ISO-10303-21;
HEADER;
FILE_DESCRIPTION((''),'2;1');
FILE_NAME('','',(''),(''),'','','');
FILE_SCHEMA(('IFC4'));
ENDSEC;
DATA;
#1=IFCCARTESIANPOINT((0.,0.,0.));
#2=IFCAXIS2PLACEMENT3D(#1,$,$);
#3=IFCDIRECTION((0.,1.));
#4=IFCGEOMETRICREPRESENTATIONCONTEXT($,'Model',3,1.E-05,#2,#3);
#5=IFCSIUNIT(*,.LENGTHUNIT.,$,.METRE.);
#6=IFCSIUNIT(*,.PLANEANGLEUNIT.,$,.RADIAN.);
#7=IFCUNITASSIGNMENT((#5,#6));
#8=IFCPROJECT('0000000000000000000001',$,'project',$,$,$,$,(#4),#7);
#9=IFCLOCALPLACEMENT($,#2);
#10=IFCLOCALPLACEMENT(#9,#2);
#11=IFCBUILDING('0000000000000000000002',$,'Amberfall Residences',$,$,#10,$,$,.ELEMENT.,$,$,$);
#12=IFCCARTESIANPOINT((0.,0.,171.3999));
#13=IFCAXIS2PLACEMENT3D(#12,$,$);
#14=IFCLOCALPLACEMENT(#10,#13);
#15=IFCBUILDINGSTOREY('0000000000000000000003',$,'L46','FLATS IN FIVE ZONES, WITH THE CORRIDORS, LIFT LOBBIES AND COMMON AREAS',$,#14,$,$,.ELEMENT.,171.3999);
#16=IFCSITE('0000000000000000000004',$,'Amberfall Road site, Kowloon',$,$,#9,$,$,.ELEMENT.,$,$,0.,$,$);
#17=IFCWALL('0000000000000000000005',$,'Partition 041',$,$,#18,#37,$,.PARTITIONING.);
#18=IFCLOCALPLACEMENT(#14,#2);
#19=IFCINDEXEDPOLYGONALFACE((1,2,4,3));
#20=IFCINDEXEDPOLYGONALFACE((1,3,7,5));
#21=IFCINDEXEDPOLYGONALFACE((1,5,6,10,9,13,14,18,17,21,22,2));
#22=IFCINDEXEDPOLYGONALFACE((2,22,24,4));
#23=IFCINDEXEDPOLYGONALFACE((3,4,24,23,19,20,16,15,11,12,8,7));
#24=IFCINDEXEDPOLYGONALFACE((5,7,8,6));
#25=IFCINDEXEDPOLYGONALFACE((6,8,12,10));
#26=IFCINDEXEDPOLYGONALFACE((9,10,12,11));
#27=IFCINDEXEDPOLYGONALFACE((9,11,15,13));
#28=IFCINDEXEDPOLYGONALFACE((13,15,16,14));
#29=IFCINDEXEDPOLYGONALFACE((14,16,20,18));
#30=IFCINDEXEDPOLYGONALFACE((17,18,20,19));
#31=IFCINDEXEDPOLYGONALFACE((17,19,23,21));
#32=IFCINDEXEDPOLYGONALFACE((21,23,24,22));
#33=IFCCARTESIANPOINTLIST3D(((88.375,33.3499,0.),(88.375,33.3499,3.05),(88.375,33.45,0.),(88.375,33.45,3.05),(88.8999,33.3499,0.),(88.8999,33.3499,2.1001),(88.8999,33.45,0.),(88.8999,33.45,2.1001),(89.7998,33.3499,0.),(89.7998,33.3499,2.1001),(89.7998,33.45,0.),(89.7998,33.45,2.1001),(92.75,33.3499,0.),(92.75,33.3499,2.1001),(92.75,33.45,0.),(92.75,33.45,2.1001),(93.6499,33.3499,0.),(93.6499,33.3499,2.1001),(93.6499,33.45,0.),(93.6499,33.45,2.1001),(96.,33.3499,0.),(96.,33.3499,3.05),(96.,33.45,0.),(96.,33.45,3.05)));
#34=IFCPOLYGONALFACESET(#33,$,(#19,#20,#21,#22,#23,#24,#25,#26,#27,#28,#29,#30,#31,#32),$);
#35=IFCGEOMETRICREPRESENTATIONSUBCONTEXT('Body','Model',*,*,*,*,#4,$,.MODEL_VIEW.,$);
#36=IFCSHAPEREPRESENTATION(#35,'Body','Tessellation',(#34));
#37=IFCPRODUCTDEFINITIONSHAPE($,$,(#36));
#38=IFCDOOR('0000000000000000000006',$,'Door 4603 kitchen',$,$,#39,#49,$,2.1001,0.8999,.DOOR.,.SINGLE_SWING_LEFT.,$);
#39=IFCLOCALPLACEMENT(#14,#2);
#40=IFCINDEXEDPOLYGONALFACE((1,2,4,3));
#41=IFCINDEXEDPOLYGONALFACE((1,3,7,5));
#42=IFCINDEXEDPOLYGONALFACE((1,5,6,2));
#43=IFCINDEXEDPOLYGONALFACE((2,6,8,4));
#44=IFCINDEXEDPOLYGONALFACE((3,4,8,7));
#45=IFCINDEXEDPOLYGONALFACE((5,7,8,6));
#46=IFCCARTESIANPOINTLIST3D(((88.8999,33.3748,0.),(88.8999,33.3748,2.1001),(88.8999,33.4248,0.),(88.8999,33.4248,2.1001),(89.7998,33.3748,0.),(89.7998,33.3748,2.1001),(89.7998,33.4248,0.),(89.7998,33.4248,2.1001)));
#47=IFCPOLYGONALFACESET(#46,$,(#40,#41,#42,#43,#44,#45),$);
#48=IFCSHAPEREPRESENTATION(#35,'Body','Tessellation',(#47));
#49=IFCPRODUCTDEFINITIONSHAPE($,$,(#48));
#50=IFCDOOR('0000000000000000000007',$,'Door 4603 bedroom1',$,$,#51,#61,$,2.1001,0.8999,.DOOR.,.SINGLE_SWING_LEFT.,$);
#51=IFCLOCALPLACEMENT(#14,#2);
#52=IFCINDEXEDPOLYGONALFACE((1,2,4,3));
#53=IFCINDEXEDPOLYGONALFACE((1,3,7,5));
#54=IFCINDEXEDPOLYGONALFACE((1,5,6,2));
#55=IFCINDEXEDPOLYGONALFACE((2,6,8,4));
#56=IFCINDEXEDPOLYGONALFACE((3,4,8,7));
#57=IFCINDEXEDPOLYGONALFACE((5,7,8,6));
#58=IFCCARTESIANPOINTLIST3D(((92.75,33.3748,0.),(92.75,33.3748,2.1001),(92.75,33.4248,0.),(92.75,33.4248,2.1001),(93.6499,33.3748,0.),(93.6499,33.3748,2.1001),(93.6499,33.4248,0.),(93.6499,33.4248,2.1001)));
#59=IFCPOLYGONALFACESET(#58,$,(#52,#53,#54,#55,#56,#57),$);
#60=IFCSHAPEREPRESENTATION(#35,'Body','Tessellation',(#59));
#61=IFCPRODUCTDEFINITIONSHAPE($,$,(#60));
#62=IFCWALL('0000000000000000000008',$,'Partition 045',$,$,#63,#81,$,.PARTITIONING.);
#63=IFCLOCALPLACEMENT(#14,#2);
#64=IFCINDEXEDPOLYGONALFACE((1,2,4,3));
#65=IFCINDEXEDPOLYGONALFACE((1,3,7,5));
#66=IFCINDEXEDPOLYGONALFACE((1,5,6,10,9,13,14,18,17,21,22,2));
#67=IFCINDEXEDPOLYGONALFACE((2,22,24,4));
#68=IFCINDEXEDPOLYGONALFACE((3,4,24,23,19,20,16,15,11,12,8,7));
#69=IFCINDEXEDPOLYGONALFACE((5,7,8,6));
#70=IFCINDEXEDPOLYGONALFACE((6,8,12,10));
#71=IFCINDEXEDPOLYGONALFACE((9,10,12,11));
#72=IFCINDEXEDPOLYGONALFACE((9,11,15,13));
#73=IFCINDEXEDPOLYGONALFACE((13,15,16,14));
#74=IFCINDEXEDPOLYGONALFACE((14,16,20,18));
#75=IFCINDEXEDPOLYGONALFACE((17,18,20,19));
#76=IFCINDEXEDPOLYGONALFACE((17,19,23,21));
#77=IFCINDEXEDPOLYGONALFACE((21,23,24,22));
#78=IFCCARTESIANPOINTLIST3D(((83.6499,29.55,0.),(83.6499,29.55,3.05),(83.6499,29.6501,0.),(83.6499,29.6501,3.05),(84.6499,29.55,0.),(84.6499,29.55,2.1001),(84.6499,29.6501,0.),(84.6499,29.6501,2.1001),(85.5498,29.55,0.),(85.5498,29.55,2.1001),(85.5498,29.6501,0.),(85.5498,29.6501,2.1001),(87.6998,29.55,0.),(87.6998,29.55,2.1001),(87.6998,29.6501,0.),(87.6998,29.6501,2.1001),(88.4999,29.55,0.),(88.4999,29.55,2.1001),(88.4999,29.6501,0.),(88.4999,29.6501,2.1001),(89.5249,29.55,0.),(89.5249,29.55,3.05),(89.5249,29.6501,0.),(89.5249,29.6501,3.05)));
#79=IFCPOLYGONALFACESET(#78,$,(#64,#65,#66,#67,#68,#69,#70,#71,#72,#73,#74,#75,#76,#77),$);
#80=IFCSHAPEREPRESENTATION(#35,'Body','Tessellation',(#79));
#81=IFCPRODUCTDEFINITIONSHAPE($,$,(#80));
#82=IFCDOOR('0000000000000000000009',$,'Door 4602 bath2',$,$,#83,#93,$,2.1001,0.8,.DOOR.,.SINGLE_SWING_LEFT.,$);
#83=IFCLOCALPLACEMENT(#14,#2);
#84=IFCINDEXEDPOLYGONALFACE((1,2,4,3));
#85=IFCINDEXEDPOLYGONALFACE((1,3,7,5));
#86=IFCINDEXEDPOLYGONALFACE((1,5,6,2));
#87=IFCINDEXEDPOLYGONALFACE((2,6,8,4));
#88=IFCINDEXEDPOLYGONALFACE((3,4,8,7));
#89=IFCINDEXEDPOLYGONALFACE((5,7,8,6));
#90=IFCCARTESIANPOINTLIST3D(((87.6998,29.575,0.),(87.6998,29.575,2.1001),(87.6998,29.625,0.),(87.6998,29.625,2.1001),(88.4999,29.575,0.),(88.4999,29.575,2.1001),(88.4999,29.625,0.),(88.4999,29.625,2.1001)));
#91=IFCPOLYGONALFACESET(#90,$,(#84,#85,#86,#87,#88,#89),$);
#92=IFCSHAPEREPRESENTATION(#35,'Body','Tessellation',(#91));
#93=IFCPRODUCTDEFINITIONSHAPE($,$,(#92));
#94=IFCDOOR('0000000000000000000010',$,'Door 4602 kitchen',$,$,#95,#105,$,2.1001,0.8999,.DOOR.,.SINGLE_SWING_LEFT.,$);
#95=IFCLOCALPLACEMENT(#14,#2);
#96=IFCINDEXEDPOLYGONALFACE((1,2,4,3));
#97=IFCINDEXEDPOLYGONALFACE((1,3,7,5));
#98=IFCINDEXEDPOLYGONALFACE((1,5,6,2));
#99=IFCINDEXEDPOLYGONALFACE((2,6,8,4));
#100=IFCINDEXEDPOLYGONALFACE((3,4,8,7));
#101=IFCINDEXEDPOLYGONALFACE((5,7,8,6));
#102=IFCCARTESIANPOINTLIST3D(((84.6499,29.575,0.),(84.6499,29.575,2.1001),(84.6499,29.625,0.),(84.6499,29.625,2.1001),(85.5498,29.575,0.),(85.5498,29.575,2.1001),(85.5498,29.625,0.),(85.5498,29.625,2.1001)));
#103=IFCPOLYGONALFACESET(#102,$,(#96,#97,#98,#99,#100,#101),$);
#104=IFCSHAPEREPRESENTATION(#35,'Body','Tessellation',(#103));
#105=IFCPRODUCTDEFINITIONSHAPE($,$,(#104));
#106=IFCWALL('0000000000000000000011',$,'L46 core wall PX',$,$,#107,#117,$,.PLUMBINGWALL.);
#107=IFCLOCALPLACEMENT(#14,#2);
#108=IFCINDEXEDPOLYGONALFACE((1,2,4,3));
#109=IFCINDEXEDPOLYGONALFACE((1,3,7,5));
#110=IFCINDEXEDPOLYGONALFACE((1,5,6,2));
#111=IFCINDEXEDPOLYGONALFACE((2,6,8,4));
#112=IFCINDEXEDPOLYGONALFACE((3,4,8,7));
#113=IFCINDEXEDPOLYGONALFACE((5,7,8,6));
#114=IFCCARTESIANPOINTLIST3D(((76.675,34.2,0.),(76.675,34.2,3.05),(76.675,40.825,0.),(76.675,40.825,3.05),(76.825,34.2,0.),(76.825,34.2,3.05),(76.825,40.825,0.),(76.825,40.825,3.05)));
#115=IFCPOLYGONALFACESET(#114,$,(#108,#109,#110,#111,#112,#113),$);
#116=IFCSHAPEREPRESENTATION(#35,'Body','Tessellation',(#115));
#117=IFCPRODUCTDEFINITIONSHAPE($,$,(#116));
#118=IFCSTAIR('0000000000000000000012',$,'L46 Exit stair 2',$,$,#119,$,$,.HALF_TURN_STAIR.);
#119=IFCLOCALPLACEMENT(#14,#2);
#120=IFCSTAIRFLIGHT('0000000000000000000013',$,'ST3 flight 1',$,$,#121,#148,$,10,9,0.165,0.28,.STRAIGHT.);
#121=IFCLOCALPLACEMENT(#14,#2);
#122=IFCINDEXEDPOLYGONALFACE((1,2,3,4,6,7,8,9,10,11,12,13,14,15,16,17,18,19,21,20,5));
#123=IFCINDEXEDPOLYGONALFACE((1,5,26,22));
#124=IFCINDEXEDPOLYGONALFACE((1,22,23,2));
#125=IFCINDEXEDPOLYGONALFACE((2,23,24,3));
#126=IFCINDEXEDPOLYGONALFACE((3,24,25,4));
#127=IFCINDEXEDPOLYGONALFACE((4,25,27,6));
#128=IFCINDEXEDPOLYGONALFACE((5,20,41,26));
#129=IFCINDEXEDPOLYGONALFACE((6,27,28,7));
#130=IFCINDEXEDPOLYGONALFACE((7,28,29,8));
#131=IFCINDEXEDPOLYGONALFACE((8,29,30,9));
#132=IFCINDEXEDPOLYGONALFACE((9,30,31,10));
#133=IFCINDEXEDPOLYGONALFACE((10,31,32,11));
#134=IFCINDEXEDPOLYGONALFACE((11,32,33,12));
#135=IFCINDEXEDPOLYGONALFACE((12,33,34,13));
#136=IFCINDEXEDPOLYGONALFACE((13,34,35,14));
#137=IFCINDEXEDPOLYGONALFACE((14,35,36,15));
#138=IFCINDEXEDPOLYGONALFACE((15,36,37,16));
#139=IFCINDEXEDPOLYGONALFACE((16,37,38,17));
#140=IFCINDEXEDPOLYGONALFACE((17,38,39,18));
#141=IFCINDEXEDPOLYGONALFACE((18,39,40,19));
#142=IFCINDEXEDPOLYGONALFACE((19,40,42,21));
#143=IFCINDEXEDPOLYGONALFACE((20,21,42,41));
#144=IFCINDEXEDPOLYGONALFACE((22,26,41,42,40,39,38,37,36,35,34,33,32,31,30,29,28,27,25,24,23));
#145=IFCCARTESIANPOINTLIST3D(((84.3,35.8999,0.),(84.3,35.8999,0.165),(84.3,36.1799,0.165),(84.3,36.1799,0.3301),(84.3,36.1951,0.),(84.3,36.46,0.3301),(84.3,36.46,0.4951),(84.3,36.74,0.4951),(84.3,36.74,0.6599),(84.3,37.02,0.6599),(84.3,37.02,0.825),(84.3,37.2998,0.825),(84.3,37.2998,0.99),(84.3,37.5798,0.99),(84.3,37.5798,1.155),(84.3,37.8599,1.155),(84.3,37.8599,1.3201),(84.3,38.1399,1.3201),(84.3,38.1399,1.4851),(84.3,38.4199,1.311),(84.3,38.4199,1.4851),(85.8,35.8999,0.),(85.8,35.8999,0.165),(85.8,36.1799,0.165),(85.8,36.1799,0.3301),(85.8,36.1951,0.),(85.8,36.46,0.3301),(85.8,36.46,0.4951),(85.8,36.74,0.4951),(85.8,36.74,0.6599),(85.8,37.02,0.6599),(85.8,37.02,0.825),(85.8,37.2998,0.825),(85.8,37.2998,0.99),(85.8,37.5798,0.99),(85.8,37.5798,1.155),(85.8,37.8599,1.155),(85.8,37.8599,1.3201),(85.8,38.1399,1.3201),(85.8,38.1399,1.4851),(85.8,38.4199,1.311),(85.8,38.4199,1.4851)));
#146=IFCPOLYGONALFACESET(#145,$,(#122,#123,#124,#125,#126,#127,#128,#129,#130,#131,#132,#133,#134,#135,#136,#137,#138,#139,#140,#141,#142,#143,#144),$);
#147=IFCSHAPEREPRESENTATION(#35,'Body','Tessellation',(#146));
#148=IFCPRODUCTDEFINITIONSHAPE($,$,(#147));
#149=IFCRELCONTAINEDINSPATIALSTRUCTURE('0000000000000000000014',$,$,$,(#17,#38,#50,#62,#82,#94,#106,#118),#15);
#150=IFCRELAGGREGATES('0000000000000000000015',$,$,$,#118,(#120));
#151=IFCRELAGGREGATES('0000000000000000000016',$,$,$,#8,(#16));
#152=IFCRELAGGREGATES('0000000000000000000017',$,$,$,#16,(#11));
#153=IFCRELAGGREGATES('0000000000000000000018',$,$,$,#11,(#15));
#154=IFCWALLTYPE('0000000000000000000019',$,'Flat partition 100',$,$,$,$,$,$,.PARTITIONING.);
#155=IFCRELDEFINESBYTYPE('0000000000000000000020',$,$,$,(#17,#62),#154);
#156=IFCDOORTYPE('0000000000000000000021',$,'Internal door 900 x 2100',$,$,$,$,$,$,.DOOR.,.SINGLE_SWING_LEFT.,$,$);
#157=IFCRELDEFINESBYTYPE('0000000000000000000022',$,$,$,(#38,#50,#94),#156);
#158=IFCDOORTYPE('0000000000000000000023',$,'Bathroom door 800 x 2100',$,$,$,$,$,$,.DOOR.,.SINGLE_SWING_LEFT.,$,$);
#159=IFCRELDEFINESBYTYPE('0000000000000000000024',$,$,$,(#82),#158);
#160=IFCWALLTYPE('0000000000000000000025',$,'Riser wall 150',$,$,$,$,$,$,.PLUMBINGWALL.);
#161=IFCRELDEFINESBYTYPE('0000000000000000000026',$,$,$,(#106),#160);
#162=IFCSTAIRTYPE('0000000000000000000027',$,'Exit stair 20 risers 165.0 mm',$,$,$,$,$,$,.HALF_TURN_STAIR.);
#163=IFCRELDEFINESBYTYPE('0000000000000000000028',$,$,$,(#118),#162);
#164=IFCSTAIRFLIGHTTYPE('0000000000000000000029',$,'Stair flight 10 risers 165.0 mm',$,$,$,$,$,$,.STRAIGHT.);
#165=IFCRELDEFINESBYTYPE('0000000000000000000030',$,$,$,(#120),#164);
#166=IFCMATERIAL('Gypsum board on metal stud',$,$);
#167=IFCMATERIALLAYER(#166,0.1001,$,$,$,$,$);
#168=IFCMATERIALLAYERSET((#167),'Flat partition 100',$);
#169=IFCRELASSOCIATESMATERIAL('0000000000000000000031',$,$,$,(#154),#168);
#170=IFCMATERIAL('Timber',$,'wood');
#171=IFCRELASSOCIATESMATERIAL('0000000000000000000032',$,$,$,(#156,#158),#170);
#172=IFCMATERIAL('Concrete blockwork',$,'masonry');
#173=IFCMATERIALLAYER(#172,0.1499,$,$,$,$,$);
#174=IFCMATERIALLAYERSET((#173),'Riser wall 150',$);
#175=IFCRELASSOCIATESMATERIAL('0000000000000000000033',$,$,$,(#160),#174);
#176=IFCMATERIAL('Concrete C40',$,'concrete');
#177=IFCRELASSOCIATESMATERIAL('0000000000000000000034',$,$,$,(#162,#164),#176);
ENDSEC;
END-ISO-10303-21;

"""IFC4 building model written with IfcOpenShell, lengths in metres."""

from ifc_helpers import new_model, si_unit, direction, frame, frame_2d, origin, place, context, subcontext, project, spatial, polyline, rectangle, outline, extrude, material, layer, layer_set, type_object, element, fill, aggregate, save


model = new_model("IFC4")

# Units and contexts
model_context = context("Model", 3, precision=1e-05, world=origin(), true_north=direction((0.0, 1.0)))
body_context = subcontext(model_context, "Body", "Model", "MODEL_VIEW")
ifc_project = project(units=[si_unit("LENGTHUNIT", "METRE"), si_unit("PLANEANGLEUNIT", "RADIAN")], contexts=[model_context])

# Site, building, storey
site_placement = place(None, origin())
site = spatial("IfcSite", under=ifc_project, at=site_placement, Name="Amberfall Road site, Kowloon", CompositionType="ELEMENT", RefElevation=0.0)
building_placement = place(site_placement, origin())
building = spatial("IfcBuilding", under=site, at=building_placement, Name="Amberfall Residences", CompositionType="ELEMENT")
storey_placement = place(building_placement, frame((0.0, 0.0, 171.3999)))
storey = spatial("IfcBuildingStorey", under=building, at=storey_placement, Name="L46", Description="FLATS IN FIVE ZONES, WITH THE CORRIDORS, LIFT LOBBIES AND COMMON AREAS", CompositionType="ELEMENT", Elevation=171.3999)

# Shared definitions
ifc_material_1 = material(Name="Gypsum board on metal stud")
ifc_layer_1 = layer(ifc_material_1, 0.1001)
ifc_layer_set_1 = layer_set([ifc_layer_1], Name="Flat partition 100")
wall_type_1 = type_object("IfcWallType", Name="Flat partition 100", PredefinedType="PARTITIONING", material=ifc_layer_set_1)
ifc_material_2 = material(Name="Timber", Category="wood")
door_type_1 = type_object("IfcDoorType", Name="Internal door 900 x 2100", OperationType="SINGLE_SWING_LEFT", PredefinedType="DOOR", material=ifc_material_2)

# Walls, openings, doors
wall_1_placement = place(storey_placement, frame((88.375, 33.3999, 0.0), z_axis=(0.0, 0.0, 1.0), x_axis=(1.0, 0.0, 0.0)))
wall_1 = element("IfcWall", 1, at=wall_1_placement, inside=storey, type_object=wall_type_1, Name="Partition 041", PredefinedType="PARTITIONING", context=body_context, shape_type="SweptSolid", body=[
    extrude(rectangle(XDim=7.625, YDim=0.1001, at=frame_2d((3.8125, 0.0))), origin(), (0.0, 0.0, 1.0), 3.05),
])
opening_1_placement = place(wall_1_placement, frame((0.5249, 0.0, 0.0)))
opening_1 = element("IfcOpeningElement", 2, at=opening_1_placement, cuts=wall_1, PredefinedType="OPENING", context=body_context, shape_type="SweptSolid", body=[
    extrude(rectangle(XDim=0.8999, YDim=2.1001, at=frame_2d((0.45, 1.05))), frame((0.0, 0.0601, 0.0), z_axis=(0.0, -1.0, 0.0), x_axis=(1.0, 0.0, 0.0)), (0.0, 0.0, 1.0), 0.1201),
])
opening_2_placement = place(wall_1_placement, frame((4.375, 0.0, 0.0)))
opening_2 = element("IfcOpeningElement", 3, at=opening_2_placement, cuts=wall_1, PredefinedType="OPENING", context=body_context, shape_type="SweptSolid", body=[
    extrude(rectangle(XDim=0.8999, YDim=2.1001, at=frame_2d((0.45, 1.05))), frame((0.0, 0.0601, 0.0), z_axis=(0.0, -1.0, 0.0), x_axis=(1.0, 0.0, 0.0)), (0.0, 0.0, 1.0), 0.1201),
])
door_1_placement = place(opening_1_placement, origin())
door_1 = element("IfcDoor", 4, at=door_1_placement, inside=storey, type_object=door_type_1, Name="Door 4603 kitchen", OperationType="SINGLE_SWING_LEFT", OverallHeight=2.1001, OverallWidth=0.8999, PredefinedType="DOOR", context=body_context, shape_type="SweptSolid", body=[
    extrude(rectangle(XDim=0.8999, YDim=2.1001, at=frame_2d((0.45, 1.05))), frame((0.0, 0.0249, 0.0), z_axis=(0.0, -1.0, 0.0), x_axis=(1.0, 0.0, 0.0)), (0.0, 0.0, 1.0), 0.05),
])
fill(opening_1, door_1)
door_2_placement = place(opening_2_placement, origin())
door_2 = element("IfcDoor", 5, at=door_2_placement, inside=storey, type_object=door_type_1, Name="Door 4603 bedroom1", OperationType="SINGLE_SWING_LEFT", OverallHeight=2.1001, OverallWidth=0.8999, PredefinedType="DOOR", context=body_context, shape_type="SweptSolid", body=[
    extrude(rectangle(XDim=0.8999, YDim=2.1001, at=frame_2d((0.45, 1.05))), frame((0.0, 0.0249, 0.0), z_axis=(0.0, -1.0, 0.0), x_axis=(1.0, 0.0, 0.0)), (0.0, 0.0, 1.0), 0.05),
])
fill(opening_2, door_2)
wall_2_placement = place(storey_placement, frame((83.6499, 29.6001, 0.0), z_axis=(0.0, 0.0, 1.0), x_axis=(1.0, 0.0, 0.0)))
wall_2 = element("IfcWall", 6, at=wall_2_placement, inside=storey, type_object=wall_type_1, Name="Partition 045", PredefinedType="PARTITIONING", context=body_context, shape_type="SweptSolid", body=[
    extrude(rectangle(XDim=5.875, YDim=0.1001, at=frame_2d((2.9375, 0.0))), origin(), (0.0, 0.0, 1.0), 3.05),
])
opening_3_placement = place(wall_2_placement, frame((1.0, 0.0, 0.0)))
opening_3 = element("IfcOpeningElement", 7, at=opening_3_placement, cuts=wall_2, PredefinedType="OPENING", context=body_context, shape_type="SweptSolid", body=[
    extrude(rectangle(XDim=0.8999, YDim=2.1001, at=frame_2d((0.45, 1.05))), frame((0.0, 0.0601, 0.0), z_axis=(0.0, -1.0, 0.0), x_axis=(1.0, 0.0, 0.0)), (0.0, 0.0, 1.0), 0.1201),
])
opening_4_placement = place(wall_2_placement, frame((4.05, 0.0, 0.0)))
opening_4 = element("IfcOpeningElement", 8, at=opening_4_placement, cuts=wall_2, PredefinedType="OPENING", context=body_context, shape_type="SweptSolid", body=[
    extrude(rectangle(XDim=0.8, YDim=2.1001, at=frame_2d((0.3999, 1.05))), frame((0.0, 0.0601, 0.0), z_axis=(0.0, -1.0, 0.0), x_axis=(1.0, 0.0, 0.0)), (0.0, 0.0, 1.0), 0.1201),
])
door_type_2 = type_object("IfcDoorType", Name="Bathroom door 800 x 2100", OperationType="SINGLE_SWING_LEFT", PredefinedType="DOOR", material=ifc_material_2)
door_3_placement = place(opening_4_placement, origin())
door_3 = element("IfcDoor", 9, at=door_3_placement, inside=storey, type_object=door_type_2, Name="Door 4602 bath2", OperationType="SINGLE_SWING_LEFT", OverallHeight=2.1001, OverallWidth=0.8, PredefinedType="DOOR", context=body_context, shape_type="SweptSolid", body=[
    extrude(rectangle(XDim=0.8, YDim=2.1001, at=frame_2d((0.3999, 1.05))), frame((0.0, 0.0249, 0.0), z_axis=(0.0, -1.0, 0.0), x_axis=(1.0, 0.0, 0.0)), (0.0, 0.0, 1.0), 0.05),
])
fill(opening_4, door_3)
door_4_placement = place(opening_3_placement, origin())
door_4 = element("IfcDoor", 10, at=door_4_placement, inside=storey, type_object=door_type_1, Name="Door 4602 kitchen", OperationType="SINGLE_SWING_LEFT", OverallHeight=2.1001, OverallWidth=0.8999, PredefinedType="DOOR", context=body_context, shape_type="SweptSolid", body=[
    extrude(rectangle(XDim=0.8999, YDim=2.1001, at=frame_2d((0.45, 1.05))), frame((0.0, 0.0249, 0.0), z_axis=(0.0, -1.0, 0.0), x_axis=(1.0, 0.0, 0.0)), (0.0, 0.0, 1.0), 0.05),
])
fill(opening_3, door_4)

# Wall
ifc_material_3 = material(Name="Concrete blockwork", Category="masonry")
ifc_layer_2 = layer(ifc_material_3, 0.1499)
ifc_layer_set_2 = layer_set([ifc_layer_2], Name="Riser wall 150")
wall_type_2 = type_object("IfcWallType", Name="Riser wall 150", PredefinedType="PLUMBINGWALL", material=ifc_layer_set_2)
wall_3_placement = place(storey_placement, frame((76.75, 34.2, 0.0), z_axis=(0.0, 0.0, 1.0), x_axis=(0.0, 1.0, 0.0)))
element("IfcWall", 11, at=wall_3_placement, inside=storey, type_object=wall_type_2, Name="L46 core wall PX", PredefinedType="PLUMBINGWALL", context=body_context, shape_type="SweptSolid", body=[
    extrude(rectangle(XDim=6.625, YDim=0.1499, at=frame_2d((3.3125, 0.0))), origin(), (0.0, 0.0, 1.0), 3.05),
])

# Stair, stair flight
ifc_material_4 = material(Name="Concrete C40", Category="concrete")
stair_type = type_object("IfcStairType", Name="Exit stair 20 risers 165.0 mm", PredefinedType="HALF_TURN_STAIR", material=ifc_material_4)
stair_placement = place(storey_placement, origin())
stair = element("IfcStair", 12, at=stair_placement, inside=storey, type_object=stair_type, Name="L46 Exit stair 2", PredefinedType="HALF_TURN_STAIR")
stair_flight_type = type_object("IfcStairFlightType", Name="Stair flight 10 risers 165.0 mm", PredefinedType="STRAIGHT", material=ifc_material_4)
stair_flight_1_placement = place(storey_placement, frame((85.05, 35.8999, 0.0), z_axis=(0.0, 0.0, 1.0), x_axis=(0.0, 1.0, 0.0)))
stair_flight_1 = element("IfcStairFlight", 13, at=stair_flight_1_placement, type_object=stair_flight_type, Name="ST3 flight 1", NumberOfRisers=10, NumberOfTreads=9, PredefinedType="STRAIGHT", RiserHeight=0.165, TreadLength=0.28, context=body_context, shape_type="SweptSolid", body=[
    extrude(outline(polyline([(0.0, 0.0), (0.0, 0.165), (0.28, 0.165), (0.28, 0.3301), (0.5601, 0.3301), (0.5601, 0.4951), (0.8401, 0.4951), (0.8401, 0.6599), (1.1201, 0.6599), (1.1201, 0.825), (1.3999, 0.825), (1.3999, 0.99), (1.6799, 0.99), (1.6799, 1.155), (1.96, 1.155), (1.96, 1.3201), (2.24, 1.3201), (2.24, 1.4851), (2.52, 1.4851), (2.52, 1.6499), (2.52, 1.311), (0.2952, 0.0), (0.0, 0.0)])), frame((0.0, 0.75, 0.0), z_axis=(0.0, -1.0, 0.0), x_axis=(1.0, 0.0, 0.0)), (0.0, 0.0, 1.0), 1.5),
])
aggregate(stair, [stair_flight_1])

save(model, "model.ifc")
